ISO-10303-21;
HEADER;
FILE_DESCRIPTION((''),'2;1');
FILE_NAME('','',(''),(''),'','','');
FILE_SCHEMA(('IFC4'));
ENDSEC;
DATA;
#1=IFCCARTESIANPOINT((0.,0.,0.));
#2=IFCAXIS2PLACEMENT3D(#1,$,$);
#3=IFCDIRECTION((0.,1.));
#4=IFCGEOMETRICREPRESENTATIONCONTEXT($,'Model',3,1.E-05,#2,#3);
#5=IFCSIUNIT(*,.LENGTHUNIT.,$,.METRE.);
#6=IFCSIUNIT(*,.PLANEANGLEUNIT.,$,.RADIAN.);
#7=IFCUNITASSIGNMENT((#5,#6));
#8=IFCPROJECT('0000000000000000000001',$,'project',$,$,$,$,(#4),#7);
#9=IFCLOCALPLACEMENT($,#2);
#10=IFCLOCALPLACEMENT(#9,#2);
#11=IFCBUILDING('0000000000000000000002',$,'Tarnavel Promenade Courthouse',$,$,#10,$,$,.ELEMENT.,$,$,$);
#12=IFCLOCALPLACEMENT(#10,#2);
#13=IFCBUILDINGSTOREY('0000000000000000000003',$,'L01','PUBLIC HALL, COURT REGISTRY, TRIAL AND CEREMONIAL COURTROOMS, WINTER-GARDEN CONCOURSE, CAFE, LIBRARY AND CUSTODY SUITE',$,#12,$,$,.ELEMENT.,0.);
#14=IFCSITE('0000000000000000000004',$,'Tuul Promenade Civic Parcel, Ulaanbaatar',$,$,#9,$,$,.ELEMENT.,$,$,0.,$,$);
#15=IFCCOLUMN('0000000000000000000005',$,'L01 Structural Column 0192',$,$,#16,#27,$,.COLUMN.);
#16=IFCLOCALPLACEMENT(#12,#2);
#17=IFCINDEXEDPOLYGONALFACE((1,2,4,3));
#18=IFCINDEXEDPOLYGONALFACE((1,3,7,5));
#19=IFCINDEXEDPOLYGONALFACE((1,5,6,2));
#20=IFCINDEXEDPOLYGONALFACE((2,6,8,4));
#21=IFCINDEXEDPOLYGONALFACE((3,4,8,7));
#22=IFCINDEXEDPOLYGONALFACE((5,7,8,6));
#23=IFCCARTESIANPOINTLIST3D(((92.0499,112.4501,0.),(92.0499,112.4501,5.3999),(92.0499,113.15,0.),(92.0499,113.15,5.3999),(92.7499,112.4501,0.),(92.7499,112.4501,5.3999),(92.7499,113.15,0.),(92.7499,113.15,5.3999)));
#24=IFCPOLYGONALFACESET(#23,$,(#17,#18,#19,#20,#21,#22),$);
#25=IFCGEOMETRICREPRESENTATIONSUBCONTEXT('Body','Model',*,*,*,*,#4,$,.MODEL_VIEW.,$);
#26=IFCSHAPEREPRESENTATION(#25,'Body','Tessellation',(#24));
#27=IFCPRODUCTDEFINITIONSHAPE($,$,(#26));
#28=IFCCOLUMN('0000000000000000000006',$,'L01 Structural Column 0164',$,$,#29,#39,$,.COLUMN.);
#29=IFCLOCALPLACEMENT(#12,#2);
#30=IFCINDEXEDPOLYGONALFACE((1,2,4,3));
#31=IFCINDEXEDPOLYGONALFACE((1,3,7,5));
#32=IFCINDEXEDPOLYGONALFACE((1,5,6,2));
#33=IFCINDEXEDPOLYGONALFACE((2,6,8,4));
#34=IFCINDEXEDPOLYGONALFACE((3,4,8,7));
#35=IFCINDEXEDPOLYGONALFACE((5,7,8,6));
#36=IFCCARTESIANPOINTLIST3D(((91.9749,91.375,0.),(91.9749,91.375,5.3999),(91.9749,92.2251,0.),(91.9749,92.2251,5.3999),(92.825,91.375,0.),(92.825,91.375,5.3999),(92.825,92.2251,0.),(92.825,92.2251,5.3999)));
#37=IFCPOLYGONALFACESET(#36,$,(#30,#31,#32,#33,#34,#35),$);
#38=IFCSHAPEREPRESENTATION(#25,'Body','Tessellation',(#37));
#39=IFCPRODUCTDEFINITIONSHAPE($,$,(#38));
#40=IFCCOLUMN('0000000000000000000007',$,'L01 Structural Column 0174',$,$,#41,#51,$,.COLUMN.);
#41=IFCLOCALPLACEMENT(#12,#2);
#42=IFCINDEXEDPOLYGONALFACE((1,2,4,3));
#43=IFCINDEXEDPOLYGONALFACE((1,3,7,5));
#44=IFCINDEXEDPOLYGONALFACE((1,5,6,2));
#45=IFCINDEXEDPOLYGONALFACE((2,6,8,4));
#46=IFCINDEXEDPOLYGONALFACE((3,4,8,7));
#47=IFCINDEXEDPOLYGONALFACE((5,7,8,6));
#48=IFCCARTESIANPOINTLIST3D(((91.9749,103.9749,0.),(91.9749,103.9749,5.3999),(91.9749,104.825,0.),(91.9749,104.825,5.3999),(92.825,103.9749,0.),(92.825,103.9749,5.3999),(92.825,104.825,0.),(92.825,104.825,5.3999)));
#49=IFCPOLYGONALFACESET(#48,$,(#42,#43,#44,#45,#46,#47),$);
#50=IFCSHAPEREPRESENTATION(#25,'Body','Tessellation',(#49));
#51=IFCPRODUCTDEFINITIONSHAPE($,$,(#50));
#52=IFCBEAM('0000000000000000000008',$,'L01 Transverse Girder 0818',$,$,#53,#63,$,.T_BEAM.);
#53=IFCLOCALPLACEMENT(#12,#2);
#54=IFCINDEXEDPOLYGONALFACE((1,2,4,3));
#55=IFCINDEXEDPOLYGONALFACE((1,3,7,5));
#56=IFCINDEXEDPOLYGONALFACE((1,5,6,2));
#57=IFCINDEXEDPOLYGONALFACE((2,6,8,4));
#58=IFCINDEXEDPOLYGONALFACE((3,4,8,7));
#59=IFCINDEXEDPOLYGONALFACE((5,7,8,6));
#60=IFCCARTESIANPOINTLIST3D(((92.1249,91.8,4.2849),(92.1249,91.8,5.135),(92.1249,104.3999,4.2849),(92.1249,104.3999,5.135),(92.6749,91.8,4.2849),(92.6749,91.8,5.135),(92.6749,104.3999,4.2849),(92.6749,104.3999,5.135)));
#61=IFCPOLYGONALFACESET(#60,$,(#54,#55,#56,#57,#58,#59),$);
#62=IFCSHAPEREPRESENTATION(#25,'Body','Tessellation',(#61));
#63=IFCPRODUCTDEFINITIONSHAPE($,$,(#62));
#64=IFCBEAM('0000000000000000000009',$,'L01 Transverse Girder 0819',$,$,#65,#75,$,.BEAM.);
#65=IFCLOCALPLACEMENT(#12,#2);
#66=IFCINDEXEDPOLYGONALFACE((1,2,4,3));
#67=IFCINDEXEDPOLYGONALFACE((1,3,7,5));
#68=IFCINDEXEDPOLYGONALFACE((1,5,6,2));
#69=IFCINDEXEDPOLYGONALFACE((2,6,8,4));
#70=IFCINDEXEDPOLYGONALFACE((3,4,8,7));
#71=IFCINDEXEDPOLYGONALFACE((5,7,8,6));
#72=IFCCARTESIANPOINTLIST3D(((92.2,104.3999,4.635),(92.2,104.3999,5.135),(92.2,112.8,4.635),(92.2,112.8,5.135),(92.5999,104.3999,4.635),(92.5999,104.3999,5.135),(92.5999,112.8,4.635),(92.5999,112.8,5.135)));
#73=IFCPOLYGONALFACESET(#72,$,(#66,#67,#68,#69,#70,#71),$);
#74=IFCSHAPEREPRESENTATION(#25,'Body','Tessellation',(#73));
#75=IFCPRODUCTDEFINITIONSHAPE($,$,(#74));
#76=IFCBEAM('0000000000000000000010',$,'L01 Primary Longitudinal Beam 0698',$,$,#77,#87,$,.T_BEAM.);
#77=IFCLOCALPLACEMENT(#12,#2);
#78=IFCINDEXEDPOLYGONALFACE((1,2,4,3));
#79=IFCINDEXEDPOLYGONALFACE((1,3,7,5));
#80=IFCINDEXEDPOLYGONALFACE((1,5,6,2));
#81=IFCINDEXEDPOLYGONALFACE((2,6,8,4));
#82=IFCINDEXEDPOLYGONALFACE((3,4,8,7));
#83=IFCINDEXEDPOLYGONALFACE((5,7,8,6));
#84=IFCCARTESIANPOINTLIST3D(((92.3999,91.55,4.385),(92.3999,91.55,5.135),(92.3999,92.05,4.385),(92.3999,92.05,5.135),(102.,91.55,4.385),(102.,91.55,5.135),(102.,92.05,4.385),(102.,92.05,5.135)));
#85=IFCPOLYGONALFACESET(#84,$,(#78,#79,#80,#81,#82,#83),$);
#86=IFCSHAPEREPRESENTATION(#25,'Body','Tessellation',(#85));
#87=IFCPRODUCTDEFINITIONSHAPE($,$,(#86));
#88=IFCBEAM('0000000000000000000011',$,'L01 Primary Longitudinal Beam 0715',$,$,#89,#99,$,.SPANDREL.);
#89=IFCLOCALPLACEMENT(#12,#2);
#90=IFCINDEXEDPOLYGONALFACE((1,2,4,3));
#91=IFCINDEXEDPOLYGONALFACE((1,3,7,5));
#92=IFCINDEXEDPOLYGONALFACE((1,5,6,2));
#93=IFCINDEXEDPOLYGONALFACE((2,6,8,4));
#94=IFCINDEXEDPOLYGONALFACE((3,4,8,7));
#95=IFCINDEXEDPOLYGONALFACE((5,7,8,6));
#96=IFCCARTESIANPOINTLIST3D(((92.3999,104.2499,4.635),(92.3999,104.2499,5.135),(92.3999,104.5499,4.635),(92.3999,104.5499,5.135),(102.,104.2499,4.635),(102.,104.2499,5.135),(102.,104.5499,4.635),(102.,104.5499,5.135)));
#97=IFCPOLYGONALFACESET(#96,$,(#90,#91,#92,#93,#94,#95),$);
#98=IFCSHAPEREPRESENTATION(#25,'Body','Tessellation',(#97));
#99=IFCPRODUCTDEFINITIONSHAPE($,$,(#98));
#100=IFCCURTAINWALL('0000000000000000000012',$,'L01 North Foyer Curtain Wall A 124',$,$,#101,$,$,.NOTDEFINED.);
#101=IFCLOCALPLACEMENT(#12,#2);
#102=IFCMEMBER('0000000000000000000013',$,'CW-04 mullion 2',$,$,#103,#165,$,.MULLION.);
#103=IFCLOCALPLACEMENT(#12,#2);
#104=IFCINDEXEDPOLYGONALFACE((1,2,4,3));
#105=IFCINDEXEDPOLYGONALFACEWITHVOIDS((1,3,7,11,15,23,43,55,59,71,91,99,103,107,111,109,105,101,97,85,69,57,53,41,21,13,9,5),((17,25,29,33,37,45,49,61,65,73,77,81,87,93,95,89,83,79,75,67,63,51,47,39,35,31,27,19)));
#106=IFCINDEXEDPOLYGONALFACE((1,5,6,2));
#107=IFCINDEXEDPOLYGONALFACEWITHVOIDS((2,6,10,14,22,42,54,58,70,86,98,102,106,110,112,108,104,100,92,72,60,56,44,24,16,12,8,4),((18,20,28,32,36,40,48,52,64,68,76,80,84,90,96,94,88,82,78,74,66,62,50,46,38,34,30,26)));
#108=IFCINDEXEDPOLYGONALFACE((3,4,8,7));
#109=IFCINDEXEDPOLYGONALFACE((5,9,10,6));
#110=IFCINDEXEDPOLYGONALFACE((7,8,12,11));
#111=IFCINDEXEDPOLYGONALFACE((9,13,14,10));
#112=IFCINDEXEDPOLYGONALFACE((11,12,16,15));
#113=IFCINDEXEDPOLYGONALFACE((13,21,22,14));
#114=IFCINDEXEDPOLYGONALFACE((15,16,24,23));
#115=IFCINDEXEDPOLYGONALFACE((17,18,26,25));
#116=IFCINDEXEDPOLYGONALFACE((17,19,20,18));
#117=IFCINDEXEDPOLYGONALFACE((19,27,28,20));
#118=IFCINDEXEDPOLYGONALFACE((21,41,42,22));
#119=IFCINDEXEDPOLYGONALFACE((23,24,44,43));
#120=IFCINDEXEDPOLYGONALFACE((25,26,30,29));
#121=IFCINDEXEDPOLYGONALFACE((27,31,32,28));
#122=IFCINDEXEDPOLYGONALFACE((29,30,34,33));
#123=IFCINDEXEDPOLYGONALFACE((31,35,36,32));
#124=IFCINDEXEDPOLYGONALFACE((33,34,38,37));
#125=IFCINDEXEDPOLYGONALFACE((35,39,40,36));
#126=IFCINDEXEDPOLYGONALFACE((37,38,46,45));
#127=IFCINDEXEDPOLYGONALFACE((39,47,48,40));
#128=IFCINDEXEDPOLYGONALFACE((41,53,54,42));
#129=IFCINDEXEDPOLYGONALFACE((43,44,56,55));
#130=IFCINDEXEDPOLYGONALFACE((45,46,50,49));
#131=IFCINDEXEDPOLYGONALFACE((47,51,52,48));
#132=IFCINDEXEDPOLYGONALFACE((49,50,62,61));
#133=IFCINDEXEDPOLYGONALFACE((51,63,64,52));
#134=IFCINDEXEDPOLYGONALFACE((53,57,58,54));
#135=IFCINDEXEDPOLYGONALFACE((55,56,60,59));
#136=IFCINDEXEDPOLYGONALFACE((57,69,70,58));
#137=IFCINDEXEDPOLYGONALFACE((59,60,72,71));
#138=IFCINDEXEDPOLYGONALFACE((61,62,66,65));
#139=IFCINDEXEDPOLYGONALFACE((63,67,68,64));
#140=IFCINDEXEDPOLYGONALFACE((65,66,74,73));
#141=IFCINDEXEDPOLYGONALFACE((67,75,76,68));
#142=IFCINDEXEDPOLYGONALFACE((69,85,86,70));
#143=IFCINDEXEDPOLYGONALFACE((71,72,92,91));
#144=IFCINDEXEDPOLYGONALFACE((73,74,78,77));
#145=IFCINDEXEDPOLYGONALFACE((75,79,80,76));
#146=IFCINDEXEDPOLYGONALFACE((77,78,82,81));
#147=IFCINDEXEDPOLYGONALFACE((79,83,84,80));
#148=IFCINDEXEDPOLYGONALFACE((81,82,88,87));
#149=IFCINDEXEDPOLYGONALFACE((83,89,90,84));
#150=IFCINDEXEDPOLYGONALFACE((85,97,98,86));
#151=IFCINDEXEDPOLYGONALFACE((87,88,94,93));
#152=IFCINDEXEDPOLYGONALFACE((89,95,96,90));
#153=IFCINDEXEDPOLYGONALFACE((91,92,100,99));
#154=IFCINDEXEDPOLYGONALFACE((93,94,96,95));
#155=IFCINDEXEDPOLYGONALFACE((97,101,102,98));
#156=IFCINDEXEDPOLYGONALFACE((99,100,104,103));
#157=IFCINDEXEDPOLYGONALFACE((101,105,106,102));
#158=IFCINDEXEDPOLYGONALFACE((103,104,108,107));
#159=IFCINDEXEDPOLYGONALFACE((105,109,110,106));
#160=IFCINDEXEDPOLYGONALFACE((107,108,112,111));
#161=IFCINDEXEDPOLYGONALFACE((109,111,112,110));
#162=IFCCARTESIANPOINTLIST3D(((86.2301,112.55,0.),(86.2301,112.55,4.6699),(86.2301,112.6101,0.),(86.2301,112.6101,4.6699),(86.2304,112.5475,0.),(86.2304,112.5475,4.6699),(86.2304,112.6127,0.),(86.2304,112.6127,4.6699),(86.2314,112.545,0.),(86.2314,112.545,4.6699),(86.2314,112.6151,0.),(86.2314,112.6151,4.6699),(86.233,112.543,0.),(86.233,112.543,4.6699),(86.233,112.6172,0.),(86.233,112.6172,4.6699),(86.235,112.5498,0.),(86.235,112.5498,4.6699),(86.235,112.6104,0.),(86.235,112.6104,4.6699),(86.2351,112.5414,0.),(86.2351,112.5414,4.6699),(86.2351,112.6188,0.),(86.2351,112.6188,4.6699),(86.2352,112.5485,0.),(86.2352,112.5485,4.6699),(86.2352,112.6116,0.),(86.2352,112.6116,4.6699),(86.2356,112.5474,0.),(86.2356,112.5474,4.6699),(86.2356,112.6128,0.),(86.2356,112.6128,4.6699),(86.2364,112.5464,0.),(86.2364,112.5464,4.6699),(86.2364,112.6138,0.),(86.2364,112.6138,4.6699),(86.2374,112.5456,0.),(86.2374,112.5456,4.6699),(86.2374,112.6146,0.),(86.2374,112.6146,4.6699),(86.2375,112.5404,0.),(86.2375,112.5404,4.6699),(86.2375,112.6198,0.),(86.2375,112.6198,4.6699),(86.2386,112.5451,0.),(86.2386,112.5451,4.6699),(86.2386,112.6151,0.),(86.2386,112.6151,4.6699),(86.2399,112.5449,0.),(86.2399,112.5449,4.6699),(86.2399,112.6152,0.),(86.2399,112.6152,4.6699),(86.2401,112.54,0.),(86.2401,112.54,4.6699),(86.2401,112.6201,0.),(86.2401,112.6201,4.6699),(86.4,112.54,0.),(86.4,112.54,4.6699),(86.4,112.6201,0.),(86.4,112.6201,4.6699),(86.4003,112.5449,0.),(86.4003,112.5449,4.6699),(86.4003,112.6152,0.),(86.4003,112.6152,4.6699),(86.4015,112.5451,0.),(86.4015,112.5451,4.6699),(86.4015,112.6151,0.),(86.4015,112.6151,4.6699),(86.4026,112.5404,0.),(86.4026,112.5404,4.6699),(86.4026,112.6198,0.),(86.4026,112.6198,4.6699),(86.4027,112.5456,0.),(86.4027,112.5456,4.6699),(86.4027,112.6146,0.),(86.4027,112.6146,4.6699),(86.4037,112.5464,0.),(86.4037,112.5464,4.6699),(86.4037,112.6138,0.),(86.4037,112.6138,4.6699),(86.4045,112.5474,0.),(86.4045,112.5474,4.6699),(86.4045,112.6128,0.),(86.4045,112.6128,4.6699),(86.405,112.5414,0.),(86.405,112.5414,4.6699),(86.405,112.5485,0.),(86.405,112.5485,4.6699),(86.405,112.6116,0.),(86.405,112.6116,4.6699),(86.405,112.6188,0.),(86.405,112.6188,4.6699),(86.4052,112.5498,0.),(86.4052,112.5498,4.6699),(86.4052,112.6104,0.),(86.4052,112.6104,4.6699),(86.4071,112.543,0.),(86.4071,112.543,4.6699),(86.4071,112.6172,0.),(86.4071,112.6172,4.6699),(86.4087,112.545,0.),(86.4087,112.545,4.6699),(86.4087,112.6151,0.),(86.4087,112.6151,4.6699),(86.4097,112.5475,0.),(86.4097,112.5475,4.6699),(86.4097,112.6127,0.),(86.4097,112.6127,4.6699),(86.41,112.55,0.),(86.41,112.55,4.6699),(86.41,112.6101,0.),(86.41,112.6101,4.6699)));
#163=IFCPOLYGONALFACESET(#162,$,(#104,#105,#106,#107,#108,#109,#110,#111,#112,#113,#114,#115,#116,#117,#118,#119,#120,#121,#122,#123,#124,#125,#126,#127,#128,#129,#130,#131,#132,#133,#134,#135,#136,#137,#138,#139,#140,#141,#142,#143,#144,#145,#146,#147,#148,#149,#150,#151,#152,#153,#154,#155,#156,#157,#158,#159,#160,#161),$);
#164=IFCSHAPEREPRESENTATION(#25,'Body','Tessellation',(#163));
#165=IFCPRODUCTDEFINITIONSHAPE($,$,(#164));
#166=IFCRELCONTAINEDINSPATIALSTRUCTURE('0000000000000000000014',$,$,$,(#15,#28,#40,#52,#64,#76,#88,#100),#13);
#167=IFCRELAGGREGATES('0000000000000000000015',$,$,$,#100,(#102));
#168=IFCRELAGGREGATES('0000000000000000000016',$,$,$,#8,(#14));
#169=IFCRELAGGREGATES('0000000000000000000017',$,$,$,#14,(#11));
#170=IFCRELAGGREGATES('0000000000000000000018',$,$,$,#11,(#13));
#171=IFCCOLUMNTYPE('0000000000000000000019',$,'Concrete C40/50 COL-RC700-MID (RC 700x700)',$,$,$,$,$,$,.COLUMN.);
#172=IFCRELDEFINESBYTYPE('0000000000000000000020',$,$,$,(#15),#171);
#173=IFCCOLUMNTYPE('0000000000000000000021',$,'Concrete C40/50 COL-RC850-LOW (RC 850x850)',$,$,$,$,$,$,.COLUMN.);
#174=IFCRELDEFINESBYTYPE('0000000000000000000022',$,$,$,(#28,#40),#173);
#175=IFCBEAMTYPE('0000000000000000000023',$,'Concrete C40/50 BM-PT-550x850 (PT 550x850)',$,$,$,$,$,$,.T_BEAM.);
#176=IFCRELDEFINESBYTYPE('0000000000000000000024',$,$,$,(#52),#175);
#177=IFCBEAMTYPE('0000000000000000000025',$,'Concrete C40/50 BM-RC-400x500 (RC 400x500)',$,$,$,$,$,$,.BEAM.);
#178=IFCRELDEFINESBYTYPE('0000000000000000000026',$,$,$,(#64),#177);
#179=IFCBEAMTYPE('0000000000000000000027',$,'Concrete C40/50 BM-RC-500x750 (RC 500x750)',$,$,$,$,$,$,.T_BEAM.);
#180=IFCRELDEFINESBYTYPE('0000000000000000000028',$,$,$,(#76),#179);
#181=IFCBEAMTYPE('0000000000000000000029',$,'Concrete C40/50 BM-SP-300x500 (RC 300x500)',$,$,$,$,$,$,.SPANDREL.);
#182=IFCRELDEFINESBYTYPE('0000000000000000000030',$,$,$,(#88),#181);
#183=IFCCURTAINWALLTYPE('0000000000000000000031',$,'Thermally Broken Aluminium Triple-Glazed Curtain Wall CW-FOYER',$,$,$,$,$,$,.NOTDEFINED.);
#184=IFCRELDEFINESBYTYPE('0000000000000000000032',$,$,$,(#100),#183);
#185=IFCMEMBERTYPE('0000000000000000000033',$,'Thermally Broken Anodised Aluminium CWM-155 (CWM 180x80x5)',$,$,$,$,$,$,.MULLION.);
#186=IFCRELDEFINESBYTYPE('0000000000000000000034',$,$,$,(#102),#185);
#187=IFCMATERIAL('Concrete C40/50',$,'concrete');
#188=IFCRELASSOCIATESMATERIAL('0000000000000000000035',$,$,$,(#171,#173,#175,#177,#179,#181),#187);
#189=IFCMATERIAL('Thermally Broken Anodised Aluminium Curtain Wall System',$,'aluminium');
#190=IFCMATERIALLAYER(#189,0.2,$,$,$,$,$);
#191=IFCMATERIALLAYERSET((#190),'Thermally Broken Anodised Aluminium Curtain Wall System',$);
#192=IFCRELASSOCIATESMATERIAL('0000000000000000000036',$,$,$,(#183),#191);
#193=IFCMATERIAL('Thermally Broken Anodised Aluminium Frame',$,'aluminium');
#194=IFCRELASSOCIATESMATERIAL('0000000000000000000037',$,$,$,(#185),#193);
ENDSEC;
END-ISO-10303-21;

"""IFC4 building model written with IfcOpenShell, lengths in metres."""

from ifc_helpers import new_model, si_unit, direction, frame, origin, origin_2d, place, context, subcontext, project, spatial, rectangle, hollow_rectangle, extrude, material, layer, layer_set, material_profile, profile_set, type_object, element, aggregate, save


model = new_model("IFC4")

# Units and contexts
model_context = context("Model", 3, precision=1e-05, world=origin(), true_north=direction((0.0, 1.0)))
body_context = subcontext(model_context, "Body", "Model", "MODEL_VIEW")
ifc_project = project(units=[si_unit("LENGTHUNIT", "METRE"), si_unit("PLANEANGLEUNIT", "RADIAN")], contexts=[model_context])

# Site, building, storey
site_placement = place(None, origin())
site = spatial("IfcSite", under=ifc_project, at=site_placement, Name="Tuul Promenade Civic Parcel, Ulaanbaatar", CompositionType="ELEMENT", RefElevation=0.0)
building_placement = place(site_placement, origin())
building = spatial("IfcBuilding", under=site, at=building_placement, Name="Tarnavel Promenade Courthouse", CompositionType="ELEMENT")
storey_placement = place(building_placement, origin())
storey = spatial("IfcBuildingStorey", under=building, at=storey_placement, Name="L01", Description="PUBLIC HALL, COURT REGISTRY, TRIAL AND CEREMONIAL COURTROOMS, WINTER-GARDEN CONCOURSE, CAFE, LIBRARY AND CUSTODY SUITE", CompositionType="ELEMENT", Elevation=0.0)

# Columns
ifc_material_1 = material(Name="Concrete C40/50", Category="concrete")
ifc_material_profile_1 = material_profile(ifc_material_1, rectangle(XDim=0.7, YDim=0.7, at=origin_2d()), Name="RC 700x700")
ifc_profile_set_1 = profile_set([ifc_material_profile_1], Name="Concrete C40/50")
column_type_1 = type_object("IfcColumnType", Name="Concrete C40/50 COL-RC700-MID (RC 700x700)", PredefinedType="COLUMN", material=ifc_profile_set_1)
column_placement = place(storey_placement, frame((92.3999, 112.8, 0.0), z_axis=(0.0, 0.0, 1.0), x_axis=(1.0, 0.0, 0.0)))
element("IfcColumn", 1, at=column_placement, inside=storey, type_object=column_type_1, Name="L01 Structural Column 0192", PredefinedType="COLUMN", context=body_context, shape_type="SweptSolid", body=[
    extrude(rectangle(XDim=0.7, YDim=0.7, at=origin_2d()), origin(), (0.0, 0.0, 1.0), 5.3999),
])
ifc_material_profile_2 = material_profile(ifc_material_1, rectangle(XDim=0.8501, YDim=0.8501, at=origin_2d()), Name="RC 850x850")
ifc_profile_set_2 = profile_set([ifc_material_profile_2], Name="Concrete C40/50")
column_type_2 = type_object("IfcColumnType", Name="Concrete C40/50 COL-RC850-LOW (RC 850x850)", PredefinedType="COLUMN", material=ifc_profile_set_2)
for number, where, z_axis, x_axis, name in (
    (2, (92.3999, 91.8, 0.0), (0.0, 0.0, 1.0), (1.0, 0.0, 0.0), "L01 Structural Column 0164"),
    (3, (92.3999, 104.3999, 0.0), (0.0, 0.0, 1.0), (1.0, 0.0, 0.0), "L01 Structural Column 0174"),
):
    element("IfcColumn", number, at=place(storey_placement, frame(where, z_axis=z_axis, x_axis=x_axis)), inside=storey, type_object=column_type_2, Name=name, PredefinedType="COLUMN", context=body_context, shape_type="SweptSolid", body=[
        extrude(rectangle(XDim=0.8501, YDim=0.8501, at=origin_2d()), origin(), (0.0, 0.0, 1.0), 5.3999),
    ])

# Beams
ifc_material_profile_3 = material_profile(ifc_material_1, rectangle(XDim=0.55, YDim=0.8501, at=origin_2d()), Name="PT 550x850")
ifc_profile_set_3 = profile_set([ifc_material_profile_3], Name="Concrete C40/50")
beam_type_1 = type_object("IfcBeamType", Name="Concrete C40/50 BM-PT-550x850 (PT 550x850)", PredefinedType="T_BEAM", material=ifc_profile_set_3)
beam_1_placement = place(storey_placement, frame((92.3999, 91.8, 4.71), z_axis=(0.0, 1.0, 0.0), x_axis=(-1.0, 0.0, 0.0)))
element("IfcBeam", 4, at=beam_1_placement, inside=storey, type_object=beam_type_1, Name="L01 Transverse Girder 0818", PredefinedType="T_BEAM", context=body_context, shape_type="SweptSolid", body=[
    extrude(rectangle(XDim=0.55, YDim=0.8501, at=origin_2d()), origin(), (0.0, 0.0, 1.0), 12.5999),
])
ifc_material_profile_4 = material_profile(ifc_material_1, rectangle(XDim=0.3999, YDim=0.5, at=origin_2d()), Name="RC 400x500")
ifc_profile_set_4 = profile_set([ifc_material_profile_4], Name="Concrete C40/50")
beam_type_2 = type_object("IfcBeamType", Name="Concrete C40/50 BM-RC-400x500 (RC 400x500)", PredefinedType="BEAM", material=ifc_profile_set_4)
beam_2_placement = place(storey_placement, frame((92.3999, 104.3999, 4.885), z_axis=(0.0, 1.0, 0.0), x_axis=(-1.0, 0.0, 0.0)))
element("IfcBeam", 5, at=beam_2_placement, inside=storey, type_object=beam_type_2, Name="L01 Transverse Girder 0819", PredefinedType="BEAM", context=body_context, shape_type="SweptSolid", body=[
    extrude(rectangle(XDim=0.3999, YDim=0.5, at=origin_2d()), origin(), (0.0, 0.0, 1.0), 8.4001),
])
ifc_material_profile_5 = material_profile(ifc_material_1, rectangle(XDim=0.5, YDim=0.75, at=origin_2d()), Name="RC 500x750")
ifc_profile_set_5 = profile_set([ifc_material_profile_5], Name="Concrete C40/50")
beam_type_3 = type_object("IfcBeamType", Name="Concrete C40/50 BM-RC-500x750 (RC 500x750)", PredefinedType="T_BEAM", material=ifc_profile_set_5)
beam_3_placement = place(storey_placement, frame((92.3999, 91.8, 4.76), z_axis=(1.0, 0.0, 0.0), x_axis=(0.0, 1.0, 0.0)))
element("IfcBeam", 6, at=beam_3_placement, inside=storey, type_object=beam_type_3, Name="L01 Primary Longitudinal Beam 0698", PredefinedType="T_BEAM", context=body_context, shape_type="SweptSolid", body=[
    extrude(rectangle(XDim=0.5, YDim=0.75, at=origin_2d()), origin(), (0.0, 0.0, 1.0), 9.6001),
])
ifc_material_profile_6 = material_profile(ifc_material_1, rectangle(XDim=0.3, YDim=0.5, at=origin_2d()), Name="RC 300x500")
ifc_profile_set_6 = profile_set([ifc_material_profile_6], Name="Concrete C40/50")
beam_type_4 = type_object("IfcBeamType", Name="Concrete C40/50 BM-SP-300x500 (RC 300x500)", PredefinedType="SPANDREL", material=ifc_profile_set_6)
beam_4_placement = place(storey_placement, frame((92.3999, 104.3999, 4.885), z_axis=(1.0, 0.0, 0.0), x_axis=(0.0, 1.0, 0.0)))
element("IfcBeam", 7, at=beam_4_placement, inside=storey, type_object=beam_type_4, Name="L01 Primary Longitudinal Beam 0715", PredefinedType="SPANDREL", context=body_context, shape_type="SweptSolid", body=[
    extrude(rectangle(XDim=0.3, YDim=0.5, at=origin_2d()), origin(), (0.0, 0.0, 1.0), 9.6001),
])

# Curtain wall, member
ifc_material_2 = material(Name="Thermally Broken Anodised Aluminium Curtain Wall System", Category="aluminium")
ifc_layer_1 = layer(ifc_material_2, 0.2)
ifc_layer_set_1 = layer_set([ifc_layer_1], Name="Thermally Broken Anodised Aluminium Curtain Wall System")
curtain_wall_type = type_object("IfcCurtainWallType", Name="Thermally Broken Aluminium Triple-Glazed Curtain Wall CW-FOYER", PredefinedType="NOTDEFINED", material=ifc_layer_set_1)
curtain_wall_1_placement = place(storey_placement, origin())
curtain_wall_1 = element("IfcCurtainWall", 8, at=curtain_wall_1_placement, inside=storey, type_object=curtain_wall_type, Name="L01 North Foyer Curtain Wall A 124", PredefinedType="NOTDEFINED")
ifc_material_3 = material(Name="Thermally Broken Anodised Aluminium Frame", Category="aluminium")
ifc_material_profile_7 = material_profile(ifc_material_3, hollow_rectangle(XDim=0.0801, YDim=0.1799, WallThickness=0.0049, InnerFilletRadius=0.0049, OuterFilletRadius=0.01, at=origin_2d()), Name="CWM 180x80x5")
ifc_profile_set_7 = profile_set([ifc_material_profile_7], Name="Thermally Broken Anodised Aluminium Frame")
member_type_1 = type_object("IfcMemberType", Name="Thermally Broken Anodised Aluminium CWM-155 (CWM 180x80x5)", PredefinedType="MULLION", material=ifc_profile_set_7)
member_1_placement = place(storey_placement, frame((86.3201, 112.5801, 0.0), z_axis=(0.0, 0.0, 1.0), x_axis=(0.0, 1.0, 0.0)))
member_1 = element("IfcMember", 9, at=member_1_placement, type_object=member_type_1, Name="CW-04 mullion 2", PredefinedType="MULLION", context=body_context, shape_type="SweptSolid", body=[
    extrude(hollow_rectangle(XDim=0.0801, YDim=0.1799, WallThickness=0.0049, InnerFilletRadius=0.0049, OuterFilletRadius=0.01, at=origin_2d()), origin(), (0.0, 0.0, 1.0), 4.6699),
])

aggregate(curtain_wall_1, [member_1])

save(model, "model.ifc")
